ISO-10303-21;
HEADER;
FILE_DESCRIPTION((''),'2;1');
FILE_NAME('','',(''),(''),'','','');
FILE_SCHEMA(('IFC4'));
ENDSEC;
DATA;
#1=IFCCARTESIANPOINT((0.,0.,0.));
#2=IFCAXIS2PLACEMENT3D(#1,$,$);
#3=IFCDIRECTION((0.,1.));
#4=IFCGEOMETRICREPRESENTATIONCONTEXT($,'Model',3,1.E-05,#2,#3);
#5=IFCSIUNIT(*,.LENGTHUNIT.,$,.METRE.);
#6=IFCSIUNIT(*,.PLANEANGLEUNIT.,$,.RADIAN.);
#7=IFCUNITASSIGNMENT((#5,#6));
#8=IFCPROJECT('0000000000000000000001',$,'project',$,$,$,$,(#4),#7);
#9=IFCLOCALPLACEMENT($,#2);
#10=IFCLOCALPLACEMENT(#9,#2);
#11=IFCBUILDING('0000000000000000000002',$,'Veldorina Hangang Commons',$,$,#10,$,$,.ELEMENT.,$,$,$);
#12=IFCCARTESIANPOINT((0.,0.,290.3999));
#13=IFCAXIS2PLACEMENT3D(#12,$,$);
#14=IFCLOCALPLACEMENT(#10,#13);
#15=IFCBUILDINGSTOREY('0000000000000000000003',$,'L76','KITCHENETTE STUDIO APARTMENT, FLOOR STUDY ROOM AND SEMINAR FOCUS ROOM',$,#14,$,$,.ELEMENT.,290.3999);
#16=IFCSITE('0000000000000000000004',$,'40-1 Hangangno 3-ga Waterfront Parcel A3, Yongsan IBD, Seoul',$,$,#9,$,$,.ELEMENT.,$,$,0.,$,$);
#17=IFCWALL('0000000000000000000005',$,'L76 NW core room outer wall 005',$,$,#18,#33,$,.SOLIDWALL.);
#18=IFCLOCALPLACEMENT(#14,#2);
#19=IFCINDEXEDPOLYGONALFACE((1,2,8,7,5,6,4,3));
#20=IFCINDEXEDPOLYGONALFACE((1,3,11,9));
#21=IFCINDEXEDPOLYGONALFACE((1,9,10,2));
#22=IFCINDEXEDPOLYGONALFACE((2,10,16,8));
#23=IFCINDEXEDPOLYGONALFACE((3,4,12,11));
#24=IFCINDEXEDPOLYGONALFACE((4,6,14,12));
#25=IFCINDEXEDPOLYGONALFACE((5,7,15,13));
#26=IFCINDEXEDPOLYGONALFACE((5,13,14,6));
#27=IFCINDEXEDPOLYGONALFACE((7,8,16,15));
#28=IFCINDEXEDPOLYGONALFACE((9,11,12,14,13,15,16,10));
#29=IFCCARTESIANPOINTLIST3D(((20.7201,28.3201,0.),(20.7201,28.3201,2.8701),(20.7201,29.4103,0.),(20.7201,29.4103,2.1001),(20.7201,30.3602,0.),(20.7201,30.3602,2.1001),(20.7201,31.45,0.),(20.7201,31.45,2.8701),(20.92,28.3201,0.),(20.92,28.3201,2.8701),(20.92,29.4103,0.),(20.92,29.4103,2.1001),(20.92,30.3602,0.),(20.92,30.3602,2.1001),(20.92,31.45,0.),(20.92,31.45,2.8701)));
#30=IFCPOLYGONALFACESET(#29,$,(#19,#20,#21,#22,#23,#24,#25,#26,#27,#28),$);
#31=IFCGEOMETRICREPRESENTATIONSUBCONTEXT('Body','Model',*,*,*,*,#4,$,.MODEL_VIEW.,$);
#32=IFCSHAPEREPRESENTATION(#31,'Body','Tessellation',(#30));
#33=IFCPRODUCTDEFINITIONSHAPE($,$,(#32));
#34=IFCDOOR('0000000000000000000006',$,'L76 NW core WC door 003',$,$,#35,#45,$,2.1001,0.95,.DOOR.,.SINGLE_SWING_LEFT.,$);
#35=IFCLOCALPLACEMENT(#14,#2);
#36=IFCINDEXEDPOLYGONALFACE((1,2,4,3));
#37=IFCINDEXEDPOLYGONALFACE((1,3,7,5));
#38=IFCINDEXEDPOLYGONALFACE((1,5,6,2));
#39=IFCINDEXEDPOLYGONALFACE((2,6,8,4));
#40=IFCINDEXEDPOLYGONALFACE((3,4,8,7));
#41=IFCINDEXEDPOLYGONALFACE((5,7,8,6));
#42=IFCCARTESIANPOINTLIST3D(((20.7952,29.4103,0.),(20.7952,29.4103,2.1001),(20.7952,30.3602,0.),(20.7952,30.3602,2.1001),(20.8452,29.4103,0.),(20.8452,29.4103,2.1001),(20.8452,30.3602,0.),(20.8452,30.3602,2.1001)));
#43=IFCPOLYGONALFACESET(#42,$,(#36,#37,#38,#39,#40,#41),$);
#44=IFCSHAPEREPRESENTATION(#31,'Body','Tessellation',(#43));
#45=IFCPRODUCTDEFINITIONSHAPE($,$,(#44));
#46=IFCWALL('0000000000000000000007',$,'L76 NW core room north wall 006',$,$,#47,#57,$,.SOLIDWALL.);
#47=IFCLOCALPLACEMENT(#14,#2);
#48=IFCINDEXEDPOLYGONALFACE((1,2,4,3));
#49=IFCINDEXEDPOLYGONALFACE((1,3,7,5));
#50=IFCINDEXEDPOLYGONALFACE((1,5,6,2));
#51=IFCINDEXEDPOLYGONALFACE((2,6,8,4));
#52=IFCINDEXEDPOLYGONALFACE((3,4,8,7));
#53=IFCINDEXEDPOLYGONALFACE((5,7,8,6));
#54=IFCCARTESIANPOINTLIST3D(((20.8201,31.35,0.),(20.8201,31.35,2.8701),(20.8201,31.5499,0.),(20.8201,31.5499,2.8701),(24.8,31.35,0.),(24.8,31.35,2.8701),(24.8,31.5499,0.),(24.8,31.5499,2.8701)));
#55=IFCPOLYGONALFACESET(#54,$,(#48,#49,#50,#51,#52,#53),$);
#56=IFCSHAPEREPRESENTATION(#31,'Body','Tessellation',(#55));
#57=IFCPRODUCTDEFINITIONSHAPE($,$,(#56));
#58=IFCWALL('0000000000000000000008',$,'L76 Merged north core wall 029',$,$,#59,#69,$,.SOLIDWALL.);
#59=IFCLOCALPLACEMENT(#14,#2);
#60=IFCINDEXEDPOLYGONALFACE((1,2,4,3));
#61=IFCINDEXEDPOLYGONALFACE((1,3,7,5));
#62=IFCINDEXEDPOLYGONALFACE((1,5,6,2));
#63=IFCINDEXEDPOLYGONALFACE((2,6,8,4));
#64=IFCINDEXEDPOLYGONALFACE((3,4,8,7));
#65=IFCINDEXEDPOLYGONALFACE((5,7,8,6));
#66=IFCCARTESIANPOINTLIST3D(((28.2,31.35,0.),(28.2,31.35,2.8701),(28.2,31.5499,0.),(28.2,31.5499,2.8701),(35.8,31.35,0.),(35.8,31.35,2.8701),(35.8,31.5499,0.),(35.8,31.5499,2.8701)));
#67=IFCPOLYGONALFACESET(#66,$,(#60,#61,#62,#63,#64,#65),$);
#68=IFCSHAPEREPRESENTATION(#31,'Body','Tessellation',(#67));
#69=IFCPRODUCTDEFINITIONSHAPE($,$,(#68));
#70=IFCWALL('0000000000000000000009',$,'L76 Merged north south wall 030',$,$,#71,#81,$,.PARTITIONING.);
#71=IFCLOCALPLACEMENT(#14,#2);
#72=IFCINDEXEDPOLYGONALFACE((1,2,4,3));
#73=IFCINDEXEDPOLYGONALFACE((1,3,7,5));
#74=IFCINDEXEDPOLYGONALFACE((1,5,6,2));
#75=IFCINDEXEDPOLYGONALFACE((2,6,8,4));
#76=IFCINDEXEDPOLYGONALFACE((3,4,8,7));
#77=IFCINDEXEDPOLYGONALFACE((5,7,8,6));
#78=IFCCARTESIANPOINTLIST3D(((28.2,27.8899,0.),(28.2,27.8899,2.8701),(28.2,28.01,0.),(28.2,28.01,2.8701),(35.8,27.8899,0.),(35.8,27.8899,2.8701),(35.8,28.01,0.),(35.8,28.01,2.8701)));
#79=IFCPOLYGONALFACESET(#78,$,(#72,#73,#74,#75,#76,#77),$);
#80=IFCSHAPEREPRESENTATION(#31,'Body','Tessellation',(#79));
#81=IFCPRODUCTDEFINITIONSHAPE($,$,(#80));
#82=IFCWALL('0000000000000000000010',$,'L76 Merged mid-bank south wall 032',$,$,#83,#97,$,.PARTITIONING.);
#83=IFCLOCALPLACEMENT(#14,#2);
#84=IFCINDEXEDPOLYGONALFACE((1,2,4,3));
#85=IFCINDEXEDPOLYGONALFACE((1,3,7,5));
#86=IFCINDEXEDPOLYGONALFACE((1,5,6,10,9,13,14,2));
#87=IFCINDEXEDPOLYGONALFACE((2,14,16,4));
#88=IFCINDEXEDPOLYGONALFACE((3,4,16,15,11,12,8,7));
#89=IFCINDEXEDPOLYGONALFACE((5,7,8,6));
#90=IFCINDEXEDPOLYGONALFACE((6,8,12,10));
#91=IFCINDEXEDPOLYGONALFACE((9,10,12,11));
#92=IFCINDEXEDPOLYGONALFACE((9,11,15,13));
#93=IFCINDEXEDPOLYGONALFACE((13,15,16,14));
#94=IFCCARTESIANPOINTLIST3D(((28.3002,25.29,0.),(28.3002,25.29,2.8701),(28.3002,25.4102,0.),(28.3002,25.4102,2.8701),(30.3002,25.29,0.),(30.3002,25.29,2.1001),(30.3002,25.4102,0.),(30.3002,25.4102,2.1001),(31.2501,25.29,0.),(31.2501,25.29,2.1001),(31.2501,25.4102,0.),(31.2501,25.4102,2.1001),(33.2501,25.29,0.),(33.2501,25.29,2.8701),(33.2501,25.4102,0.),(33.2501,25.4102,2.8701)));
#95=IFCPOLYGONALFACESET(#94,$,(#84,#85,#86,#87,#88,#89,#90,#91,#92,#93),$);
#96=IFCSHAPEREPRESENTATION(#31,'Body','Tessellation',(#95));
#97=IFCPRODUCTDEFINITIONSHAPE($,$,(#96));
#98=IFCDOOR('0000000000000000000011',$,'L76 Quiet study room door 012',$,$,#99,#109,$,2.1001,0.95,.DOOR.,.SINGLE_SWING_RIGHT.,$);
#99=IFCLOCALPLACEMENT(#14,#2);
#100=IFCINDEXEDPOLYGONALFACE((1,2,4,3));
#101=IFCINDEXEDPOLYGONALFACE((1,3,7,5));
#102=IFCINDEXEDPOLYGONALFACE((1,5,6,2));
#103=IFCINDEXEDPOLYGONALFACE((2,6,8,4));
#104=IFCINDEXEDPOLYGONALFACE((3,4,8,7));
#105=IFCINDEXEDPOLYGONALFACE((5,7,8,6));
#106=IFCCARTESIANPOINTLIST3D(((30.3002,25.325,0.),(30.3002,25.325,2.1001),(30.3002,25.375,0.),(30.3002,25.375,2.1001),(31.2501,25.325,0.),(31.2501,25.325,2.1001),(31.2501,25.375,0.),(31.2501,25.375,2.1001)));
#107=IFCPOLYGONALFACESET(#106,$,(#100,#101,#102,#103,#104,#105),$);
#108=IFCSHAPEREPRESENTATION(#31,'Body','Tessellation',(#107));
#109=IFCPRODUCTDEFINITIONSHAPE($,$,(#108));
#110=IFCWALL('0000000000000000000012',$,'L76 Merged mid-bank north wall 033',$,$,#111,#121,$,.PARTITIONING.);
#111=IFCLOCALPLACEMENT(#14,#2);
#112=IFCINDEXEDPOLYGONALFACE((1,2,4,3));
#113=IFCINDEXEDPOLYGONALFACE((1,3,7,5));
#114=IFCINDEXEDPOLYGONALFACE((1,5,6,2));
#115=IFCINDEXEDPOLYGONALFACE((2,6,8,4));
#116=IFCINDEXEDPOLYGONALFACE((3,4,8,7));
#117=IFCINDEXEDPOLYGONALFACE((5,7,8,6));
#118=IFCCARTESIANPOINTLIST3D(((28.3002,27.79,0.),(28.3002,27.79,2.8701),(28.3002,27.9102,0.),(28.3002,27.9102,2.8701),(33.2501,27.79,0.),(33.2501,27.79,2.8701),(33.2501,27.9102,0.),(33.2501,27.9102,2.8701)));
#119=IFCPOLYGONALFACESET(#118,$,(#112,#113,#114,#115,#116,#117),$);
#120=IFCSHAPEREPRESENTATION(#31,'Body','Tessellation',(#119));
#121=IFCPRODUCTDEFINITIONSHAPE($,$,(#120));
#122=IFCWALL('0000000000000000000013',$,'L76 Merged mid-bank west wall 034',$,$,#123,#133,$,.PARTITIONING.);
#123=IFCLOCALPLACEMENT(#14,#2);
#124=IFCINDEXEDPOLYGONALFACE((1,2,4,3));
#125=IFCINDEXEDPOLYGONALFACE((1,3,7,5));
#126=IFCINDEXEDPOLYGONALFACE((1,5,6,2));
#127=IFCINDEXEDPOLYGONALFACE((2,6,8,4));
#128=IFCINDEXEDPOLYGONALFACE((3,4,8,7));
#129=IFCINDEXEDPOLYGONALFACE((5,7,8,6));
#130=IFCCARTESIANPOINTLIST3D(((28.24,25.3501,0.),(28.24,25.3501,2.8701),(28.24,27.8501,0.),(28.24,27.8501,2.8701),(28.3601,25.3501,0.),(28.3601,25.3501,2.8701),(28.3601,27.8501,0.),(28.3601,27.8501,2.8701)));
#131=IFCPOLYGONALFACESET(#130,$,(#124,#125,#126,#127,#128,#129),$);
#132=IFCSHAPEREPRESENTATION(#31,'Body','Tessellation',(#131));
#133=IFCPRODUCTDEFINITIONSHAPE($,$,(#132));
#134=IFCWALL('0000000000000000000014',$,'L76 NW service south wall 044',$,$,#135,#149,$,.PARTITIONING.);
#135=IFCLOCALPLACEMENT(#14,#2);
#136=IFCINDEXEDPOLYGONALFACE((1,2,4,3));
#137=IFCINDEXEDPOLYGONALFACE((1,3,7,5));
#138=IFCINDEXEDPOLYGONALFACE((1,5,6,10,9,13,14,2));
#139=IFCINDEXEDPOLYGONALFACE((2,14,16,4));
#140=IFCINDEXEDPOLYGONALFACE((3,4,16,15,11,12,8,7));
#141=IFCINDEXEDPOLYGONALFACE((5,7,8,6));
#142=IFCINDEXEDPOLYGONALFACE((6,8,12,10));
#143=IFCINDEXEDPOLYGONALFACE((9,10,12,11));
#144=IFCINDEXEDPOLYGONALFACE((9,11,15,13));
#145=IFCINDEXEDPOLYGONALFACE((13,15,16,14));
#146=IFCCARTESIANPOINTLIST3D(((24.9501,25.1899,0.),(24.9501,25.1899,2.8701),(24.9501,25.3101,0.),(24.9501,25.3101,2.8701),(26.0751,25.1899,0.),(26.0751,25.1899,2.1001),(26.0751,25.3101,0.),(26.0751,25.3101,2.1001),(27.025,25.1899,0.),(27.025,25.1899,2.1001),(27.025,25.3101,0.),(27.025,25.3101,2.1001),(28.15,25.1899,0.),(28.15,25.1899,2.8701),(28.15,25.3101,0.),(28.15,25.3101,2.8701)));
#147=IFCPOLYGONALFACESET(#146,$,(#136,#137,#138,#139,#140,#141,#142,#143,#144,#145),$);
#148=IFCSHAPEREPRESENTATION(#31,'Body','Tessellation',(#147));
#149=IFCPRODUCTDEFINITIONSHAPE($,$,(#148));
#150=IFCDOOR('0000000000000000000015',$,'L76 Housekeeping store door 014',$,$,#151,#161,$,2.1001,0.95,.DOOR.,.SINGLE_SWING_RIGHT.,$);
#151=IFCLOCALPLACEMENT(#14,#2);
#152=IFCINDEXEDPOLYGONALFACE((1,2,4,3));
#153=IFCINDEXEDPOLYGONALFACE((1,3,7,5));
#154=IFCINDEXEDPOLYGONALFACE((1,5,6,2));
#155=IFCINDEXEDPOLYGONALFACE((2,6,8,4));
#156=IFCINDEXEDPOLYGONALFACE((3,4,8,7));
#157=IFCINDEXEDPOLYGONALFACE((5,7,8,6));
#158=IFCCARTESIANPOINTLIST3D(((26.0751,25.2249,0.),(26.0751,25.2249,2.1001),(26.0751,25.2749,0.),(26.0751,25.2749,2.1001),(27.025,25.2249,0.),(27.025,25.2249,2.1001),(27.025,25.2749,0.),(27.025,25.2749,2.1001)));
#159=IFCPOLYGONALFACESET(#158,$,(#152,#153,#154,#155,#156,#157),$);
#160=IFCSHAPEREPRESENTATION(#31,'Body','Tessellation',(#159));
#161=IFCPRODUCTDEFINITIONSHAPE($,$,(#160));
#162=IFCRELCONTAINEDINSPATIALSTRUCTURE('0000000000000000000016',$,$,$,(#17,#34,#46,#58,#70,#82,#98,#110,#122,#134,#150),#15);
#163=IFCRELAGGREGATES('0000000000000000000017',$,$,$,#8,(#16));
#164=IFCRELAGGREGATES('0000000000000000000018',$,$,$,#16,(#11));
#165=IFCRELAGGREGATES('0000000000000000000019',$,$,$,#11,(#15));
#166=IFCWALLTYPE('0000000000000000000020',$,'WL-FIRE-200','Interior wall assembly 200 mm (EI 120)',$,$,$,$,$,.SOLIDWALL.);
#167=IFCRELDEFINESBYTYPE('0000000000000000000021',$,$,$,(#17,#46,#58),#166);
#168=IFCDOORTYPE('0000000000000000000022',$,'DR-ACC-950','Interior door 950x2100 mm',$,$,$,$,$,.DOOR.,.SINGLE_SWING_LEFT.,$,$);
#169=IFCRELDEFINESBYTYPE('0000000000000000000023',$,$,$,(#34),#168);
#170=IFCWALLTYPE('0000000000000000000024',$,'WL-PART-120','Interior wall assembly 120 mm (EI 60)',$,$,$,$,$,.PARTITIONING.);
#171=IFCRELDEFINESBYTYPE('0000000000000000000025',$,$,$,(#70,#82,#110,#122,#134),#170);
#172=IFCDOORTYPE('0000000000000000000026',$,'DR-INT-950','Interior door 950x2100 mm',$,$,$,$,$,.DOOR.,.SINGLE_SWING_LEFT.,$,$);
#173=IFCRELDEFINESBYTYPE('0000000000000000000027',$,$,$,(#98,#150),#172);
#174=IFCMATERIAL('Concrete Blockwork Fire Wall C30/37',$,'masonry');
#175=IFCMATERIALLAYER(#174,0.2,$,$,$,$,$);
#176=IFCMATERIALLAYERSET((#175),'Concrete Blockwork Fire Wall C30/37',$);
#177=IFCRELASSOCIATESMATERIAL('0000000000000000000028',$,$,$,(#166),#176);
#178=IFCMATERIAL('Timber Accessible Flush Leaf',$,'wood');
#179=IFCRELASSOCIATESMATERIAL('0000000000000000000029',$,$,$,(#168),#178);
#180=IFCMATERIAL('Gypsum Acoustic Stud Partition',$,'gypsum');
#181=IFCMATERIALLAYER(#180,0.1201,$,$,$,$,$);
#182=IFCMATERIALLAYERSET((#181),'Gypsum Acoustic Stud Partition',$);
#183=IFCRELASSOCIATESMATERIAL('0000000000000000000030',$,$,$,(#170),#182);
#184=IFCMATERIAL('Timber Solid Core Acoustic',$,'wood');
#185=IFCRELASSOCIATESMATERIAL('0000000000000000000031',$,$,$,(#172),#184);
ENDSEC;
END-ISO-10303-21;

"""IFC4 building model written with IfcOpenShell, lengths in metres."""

from ifc_helpers import new_model, si_unit, direction, frame, frame_2d, origin, place, context, subcontext, project, spatial, rectangle, extrude, material, layer, layer_set, type_object, element, fill, save


model = new_model("IFC4")

# Units and contexts
model_context = context("Model", 3, precision=1e-05, world=origin(), true_north=direction((0.0, 1.0)))
body_context = subcontext(model_context, "Body", "Model", "MODEL_VIEW")
ifc_project = project(units=[si_unit("LENGTHUNIT", "METRE"), si_unit("PLANEANGLEUNIT", "RADIAN")], contexts=[model_context])

# Site, building, storey
site_placement = place(None, origin())
site = spatial("IfcSite", under=ifc_project, at=site_placement, Name="40-1 Hangangno 3-ga Waterfront Parcel A3, Yongsan IBD, Seoul", CompositionType="ELEMENT", RefElevation=0.0)
building_placement = place(site_placement, origin())
building = spatial("IfcBuilding", under=site, at=building_placement, Name="Veldorina Hangang Commons", CompositionType="ELEMENT")
storey_placement = place(building_placement, frame((0.0, 0.0, 290.3999)))
storey = spatial("IfcBuildingStorey", under=building, at=storey_placement, Name="L76", Description="KITCHENETTE STUDIO APARTMENT, FLOOR STUDY ROOM AND SEMINAR FOCUS ROOM", CompositionType="ELEMENT", Elevation=290.3999)

# Wall, opening, door
ifc_material_1 = material(Name="Concrete Blockwork Fire Wall C30/37", Category="masonry")
ifc_layer_1 = layer(ifc_material_1, 0.2)
ifc_layer_set_1 = layer_set([ifc_layer_1], Name="Concrete Blockwork Fire Wall C30/37")
wall_type_1 = type_object("IfcWallType", Name="WL-FIRE-200", Description="Interior wall assembly 200 mm (EI 120)", PredefinedType="SOLIDWALL", material=ifc_layer_set_1)
wall_1_placement = place(storey_placement, frame((20.8201, 28.3201, 0.0), z_axis=(0.0, 0.0, 1.0), x_axis=(0.0, 1.0, 0.0)))
wall_1 = element("IfcWall", 1, at=wall_1_placement, inside=storey, type_object=wall_type_1, Name="L76 NW core room outer wall 005", PredefinedType="SOLIDWALL", context=body_context, shape_type="SweptSolid", body=[
    extrude(rectangle(XDim=3.1299, YDim=0.2, at=frame_2d((1.5649, 0.0))), origin(), (0.0, 0.0, 1.0), 2.8701),
])
opening_1_placement = place(wall_1_placement, frame((1.0901, 0.0, 0.0)))
opening_1 = element("IfcOpeningElement", 2, at=opening_1_placement, cuts=wall_1, PredefinedType="OPENING", context=body_context, shape_type="SweptSolid", body=[
    extrude(rectangle(XDim=0.95, YDim=2.1001, at=frame_2d((0.4751, 1.05))), frame((0.0, 0.1099, 0.0), z_axis=(0.0, -1.0, 0.0), x_axis=(1.0, 0.0, 0.0)), (0.0, 0.0, 1.0), 0.22),
])
ifc_material_2 = material(Name="Timber Accessible Flush Leaf", Category="wood")
door_type_1 = type_object("IfcDoorType", Name="DR-ACC-950", Description="Interior door 950x2100 mm", OperationType="SINGLE_SWING_LEFT", PredefinedType="DOOR", material=ifc_material_2)
door_1_placement = place(opening_1_placement, origin())
door_1 = element("IfcDoor", 3, at=door_1_placement, inside=storey, type_object=door_type_1, Name="L76 NW core WC door 003", OperationType="SINGLE_SWING_LEFT", OverallHeight=2.1001, OverallWidth=0.95, PredefinedType="DOOR", context=body_context, shape_type="SweptSolid", body=[
    extrude(rectangle(XDim=0.95, YDim=2.1001, at=frame_2d((0.4751, 1.05))), frame((0.0, 0.0249, 0.0), z_axis=(0.0, -1.0, 0.0), x_axis=(1.0, 0.0, 0.0)), (0.0, 0.0, 1.0), 0.05),
])
fill(opening_1, door_1)

# Walls
wall_2_placement = place(storey_placement, frame((20.8201, 31.45, 0.0), z_axis=(0.0, 0.0, 1.0), x_axis=(1.0, 0.0, 0.0)))
element("IfcWall", 4, at=wall_2_placement, inside=storey, type_object=wall_type_1, Name="L76 NW core room north wall 006", PredefinedType="SOLIDWALL", context=body_context, shape_type="SweptSolid", body=[
    extrude(rectangle(XDim=3.98, YDim=0.2, at=frame_2d((1.99, 0.0))), origin(), (0.0, 0.0, 1.0), 2.8701),
])
wall_3_placement = place(storey_placement, frame((28.2, 31.45, 0.0), z_axis=(0.0, 0.0, 1.0), x_axis=(1.0, 0.0, 0.0)))
element("IfcWall", 5, at=wall_3_placement, inside=storey, type_object=wall_type_1, Name="L76 Merged north core wall 029", PredefinedType="SOLIDWALL", context=body_context, shape_type="SweptSolid", body=[
    extrude(rectangle(XDim=7.6001, YDim=0.2, at=frame_2d((3.8, 0.0))), origin(), (0.0, 0.0, 1.0), 2.8701),
])
ifc_material_3 = material(Name="Gypsum Acoustic Stud Partition", Category="gypsum")
ifc_layer_2 = layer(ifc_material_3, 0.1201)
ifc_layer_set_2 = layer_set([ifc_layer_2], Name="Gypsum Acoustic Stud Partition")
wall_type_2 = type_object("IfcWallType", Name="WL-PART-120", Description="Interior wall assembly 120 mm (EI 60)", PredefinedType="PARTITIONING", material=ifc_layer_set_2)
wall_4_placement = place(storey_placement, frame((28.2, 27.95, 0.0), z_axis=(0.0, 0.0, 1.0), x_axis=(1.0, 0.0, 0.0)))
element("IfcWall", 6, at=wall_4_placement, inside=storey, type_object=wall_type_2, Name="L76 Merged north south wall 030", PredefinedType="PARTITIONING", context=body_context, shape_type="SweptSolid", body=[
    extrude(rectangle(XDim=7.6001, YDim=0.1201, at=frame_2d((3.8, 0.0))), origin(), (0.0, 0.0, 1.0), 2.8701),
])

# Wall, opening, door
wall_5_placement = place(storey_placement, frame((28.3, 25.3501, 0.0), z_axis=(0.0, 0.0, 1.0), x_axis=(1.0, 0.0, 0.0)))
wall_5 = element("IfcWall", 7, at=wall_5_placement, inside=storey, type_object=wall_type_2, Name="L76 Merged mid-bank south wall 032", PredefinedType="PARTITIONING", context=body_context, shape_type="SweptSolid", body=[
    extrude(rectangle(XDim=4.95, YDim=0.1201, at=frame_2d((2.4751, 0.0))), origin(), (0.0, 0.0, 1.0), 2.8701),
])
opening_2_placement = place(wall_5_placement, frame((2.0, 0.0, 0.0)))
opening_2 = element("IfcOpeningElement", 8, at=opening_2_placement, cuts=wall_5, PredefinedType="OPENING", context=body_context, shape_type="SweptSolid", body=[
    extrude(rectangle(XDim=0.95, YDim=2.1001, at=frame_2d((0.4751, 1.05))), frame((0.0, 0.0701, 0.0), z_axis=(0.0, -1.0, 0.0), x_axis=(1.0, 0.0, 0.0)), (0.0, 0.0, 1.0), 0.1401),
])
ifc_material_4 = material(Name="Timber Solid Core Acoustic", Category="wood")
door_type_2 = type_object("IfcDoorType", Name="DR-INT-950", Description="Interior door 950x2100 mm", OperationType="SINGLE_SWING_LEFT", PredefinedType="DOOR", material=ifc_material_4)
door_2_placement = place(opening_2_placement, origin())
door_2 = element("IfcDoor", 9, at=door_2_placement, inside=storey, type_object=door_type_2, Name="L76 Quiet study room door 012", OperationType="SINGLE_SWING_RIGHT", OverallHeight=2.1001, OverallWidth=0.95, PredefinedType="DOOR", context=body_context, shape_type="SweptSolid", body=[
    extrude(rectangle(XDim=0.95, YDim=2.1001, at=frame_2d((0.4751, 1.05))), frame((0.0, 0.0249, 0.0), z_axis=(0.0, -1.0, 0.0), x_axis=(1.0, 0.0, 0.0)), (0.0, 0.0, 1.0), 0.05),
])
fill(opening_2, door_2)

# Walls
wall_6_placement = place(storey_placement, frame((28.3, 27.8501, 0.0), z_axis=(0.0, 0.0, 1.0), x_axis=(1.0, 0.0, 0.0)))
element("IfcWall", 10, at=wall_6_placement, inside=storey, type_object=wall_type_2, Name="L76 Merged mid-bank north wall 033", PredefinedType="PARTITIONING", context=body_context, shape_type="SweptSolid", body=[
    extrude(rectangle(XDim=4.95, YDim=0.1201, at=frame_2d((2.4751, 0.0))), origin(), (0.0, 0.0, 1.0), 2.8701),
])
wall_7_placement = place(storey_placement, frame((28.3, 25.3501, 0.0), z_axis=(0.0, 0.0, 1.0), x_axis=(0.0, 1.0, 0.0)))
element("IfcWall", 11, at=wall_7_placement, inside=storey, type_object=wall_type_2, Name="L76 Merged mid-bank west wall 034", PredefinedType="PARTITIONING", context=body_context, shape_type="SweptSolid", body=[
    extrude(rectangle(XDim=2.5, YDim=0.1201, at=frame_2d((1.25, 0.0))), origin(), (0.0, 0.0, 1.0), 2.8701),
])

# Wall, opening, door
wall_8_placement = place(storey_placement, frame((24.95, 25.25, 0.0), z_axis=(0.0, 0.0, 1.0), x_axis=(1.0, 0.0, 0.0)))
wall_8 = element("IfcWall", 12, at=wall_8_placement, inside=storey, type_object=wall_type_2, Name="L76 NW service south wall 044", PredefinedType="PARTITIONING", context=body_context, shape_type="SweptSolid", body=[
    extrude(rectangle(XDim=3.2, YDim=0.1201, at=frame_2d((1.6001, 0.0))), origin(), (0.0, 0.0, 1.0), 2.8701),
])
opening_3_placement = place(wall_8_placement, frame((1.125, 0.0, 0.0)))
opening_3 = element("IfcOpeningElement", 13, at=opening_3_placement, cuts=wall_8, PredefinedType="OPENING", context=body_context, shape_type="SweptSolid", body=[
    extrude(rectangle(XDim=0.95, YDim=2.1001, at=frame_2d((0.4751, 1.05))), frame((0.0, 0.0701, 0.0), z_axis=(0.0, -1.0, 0.0), x_axis=(1.0, 0.0, 0.0)), (0.0, 0.0, 1.0), 0.1401),
])
door_3_placement = place(opening_3_placement, origin())
door_3 = element("IfcDoor", 14, at=door_3_placement, inside=storey, type_object=door_type_2, Name="L76 Housekeeping store door 014", OperationType="SINGLE_SWING_RIGHT", OverallHeight=2.1001, OverallWidth=0.95, PredefinedType="DOOR", context=body_context, shape_type="SweptSolid", body=[
    extrude(rectangle(XDim=0.95, YDim=2.1001, at=frame_2d((0.4751, 1.05))), frame((0.0, 0.0249, 0.0), z_axis=(0.0, -1.0, 0.0), x_axis=(1.0, 0.0, 0.0)), (0.0, 0.0, 1.0), 0.05),
])
fill(opening_3, door_3)

save(model, "model.ifc")
